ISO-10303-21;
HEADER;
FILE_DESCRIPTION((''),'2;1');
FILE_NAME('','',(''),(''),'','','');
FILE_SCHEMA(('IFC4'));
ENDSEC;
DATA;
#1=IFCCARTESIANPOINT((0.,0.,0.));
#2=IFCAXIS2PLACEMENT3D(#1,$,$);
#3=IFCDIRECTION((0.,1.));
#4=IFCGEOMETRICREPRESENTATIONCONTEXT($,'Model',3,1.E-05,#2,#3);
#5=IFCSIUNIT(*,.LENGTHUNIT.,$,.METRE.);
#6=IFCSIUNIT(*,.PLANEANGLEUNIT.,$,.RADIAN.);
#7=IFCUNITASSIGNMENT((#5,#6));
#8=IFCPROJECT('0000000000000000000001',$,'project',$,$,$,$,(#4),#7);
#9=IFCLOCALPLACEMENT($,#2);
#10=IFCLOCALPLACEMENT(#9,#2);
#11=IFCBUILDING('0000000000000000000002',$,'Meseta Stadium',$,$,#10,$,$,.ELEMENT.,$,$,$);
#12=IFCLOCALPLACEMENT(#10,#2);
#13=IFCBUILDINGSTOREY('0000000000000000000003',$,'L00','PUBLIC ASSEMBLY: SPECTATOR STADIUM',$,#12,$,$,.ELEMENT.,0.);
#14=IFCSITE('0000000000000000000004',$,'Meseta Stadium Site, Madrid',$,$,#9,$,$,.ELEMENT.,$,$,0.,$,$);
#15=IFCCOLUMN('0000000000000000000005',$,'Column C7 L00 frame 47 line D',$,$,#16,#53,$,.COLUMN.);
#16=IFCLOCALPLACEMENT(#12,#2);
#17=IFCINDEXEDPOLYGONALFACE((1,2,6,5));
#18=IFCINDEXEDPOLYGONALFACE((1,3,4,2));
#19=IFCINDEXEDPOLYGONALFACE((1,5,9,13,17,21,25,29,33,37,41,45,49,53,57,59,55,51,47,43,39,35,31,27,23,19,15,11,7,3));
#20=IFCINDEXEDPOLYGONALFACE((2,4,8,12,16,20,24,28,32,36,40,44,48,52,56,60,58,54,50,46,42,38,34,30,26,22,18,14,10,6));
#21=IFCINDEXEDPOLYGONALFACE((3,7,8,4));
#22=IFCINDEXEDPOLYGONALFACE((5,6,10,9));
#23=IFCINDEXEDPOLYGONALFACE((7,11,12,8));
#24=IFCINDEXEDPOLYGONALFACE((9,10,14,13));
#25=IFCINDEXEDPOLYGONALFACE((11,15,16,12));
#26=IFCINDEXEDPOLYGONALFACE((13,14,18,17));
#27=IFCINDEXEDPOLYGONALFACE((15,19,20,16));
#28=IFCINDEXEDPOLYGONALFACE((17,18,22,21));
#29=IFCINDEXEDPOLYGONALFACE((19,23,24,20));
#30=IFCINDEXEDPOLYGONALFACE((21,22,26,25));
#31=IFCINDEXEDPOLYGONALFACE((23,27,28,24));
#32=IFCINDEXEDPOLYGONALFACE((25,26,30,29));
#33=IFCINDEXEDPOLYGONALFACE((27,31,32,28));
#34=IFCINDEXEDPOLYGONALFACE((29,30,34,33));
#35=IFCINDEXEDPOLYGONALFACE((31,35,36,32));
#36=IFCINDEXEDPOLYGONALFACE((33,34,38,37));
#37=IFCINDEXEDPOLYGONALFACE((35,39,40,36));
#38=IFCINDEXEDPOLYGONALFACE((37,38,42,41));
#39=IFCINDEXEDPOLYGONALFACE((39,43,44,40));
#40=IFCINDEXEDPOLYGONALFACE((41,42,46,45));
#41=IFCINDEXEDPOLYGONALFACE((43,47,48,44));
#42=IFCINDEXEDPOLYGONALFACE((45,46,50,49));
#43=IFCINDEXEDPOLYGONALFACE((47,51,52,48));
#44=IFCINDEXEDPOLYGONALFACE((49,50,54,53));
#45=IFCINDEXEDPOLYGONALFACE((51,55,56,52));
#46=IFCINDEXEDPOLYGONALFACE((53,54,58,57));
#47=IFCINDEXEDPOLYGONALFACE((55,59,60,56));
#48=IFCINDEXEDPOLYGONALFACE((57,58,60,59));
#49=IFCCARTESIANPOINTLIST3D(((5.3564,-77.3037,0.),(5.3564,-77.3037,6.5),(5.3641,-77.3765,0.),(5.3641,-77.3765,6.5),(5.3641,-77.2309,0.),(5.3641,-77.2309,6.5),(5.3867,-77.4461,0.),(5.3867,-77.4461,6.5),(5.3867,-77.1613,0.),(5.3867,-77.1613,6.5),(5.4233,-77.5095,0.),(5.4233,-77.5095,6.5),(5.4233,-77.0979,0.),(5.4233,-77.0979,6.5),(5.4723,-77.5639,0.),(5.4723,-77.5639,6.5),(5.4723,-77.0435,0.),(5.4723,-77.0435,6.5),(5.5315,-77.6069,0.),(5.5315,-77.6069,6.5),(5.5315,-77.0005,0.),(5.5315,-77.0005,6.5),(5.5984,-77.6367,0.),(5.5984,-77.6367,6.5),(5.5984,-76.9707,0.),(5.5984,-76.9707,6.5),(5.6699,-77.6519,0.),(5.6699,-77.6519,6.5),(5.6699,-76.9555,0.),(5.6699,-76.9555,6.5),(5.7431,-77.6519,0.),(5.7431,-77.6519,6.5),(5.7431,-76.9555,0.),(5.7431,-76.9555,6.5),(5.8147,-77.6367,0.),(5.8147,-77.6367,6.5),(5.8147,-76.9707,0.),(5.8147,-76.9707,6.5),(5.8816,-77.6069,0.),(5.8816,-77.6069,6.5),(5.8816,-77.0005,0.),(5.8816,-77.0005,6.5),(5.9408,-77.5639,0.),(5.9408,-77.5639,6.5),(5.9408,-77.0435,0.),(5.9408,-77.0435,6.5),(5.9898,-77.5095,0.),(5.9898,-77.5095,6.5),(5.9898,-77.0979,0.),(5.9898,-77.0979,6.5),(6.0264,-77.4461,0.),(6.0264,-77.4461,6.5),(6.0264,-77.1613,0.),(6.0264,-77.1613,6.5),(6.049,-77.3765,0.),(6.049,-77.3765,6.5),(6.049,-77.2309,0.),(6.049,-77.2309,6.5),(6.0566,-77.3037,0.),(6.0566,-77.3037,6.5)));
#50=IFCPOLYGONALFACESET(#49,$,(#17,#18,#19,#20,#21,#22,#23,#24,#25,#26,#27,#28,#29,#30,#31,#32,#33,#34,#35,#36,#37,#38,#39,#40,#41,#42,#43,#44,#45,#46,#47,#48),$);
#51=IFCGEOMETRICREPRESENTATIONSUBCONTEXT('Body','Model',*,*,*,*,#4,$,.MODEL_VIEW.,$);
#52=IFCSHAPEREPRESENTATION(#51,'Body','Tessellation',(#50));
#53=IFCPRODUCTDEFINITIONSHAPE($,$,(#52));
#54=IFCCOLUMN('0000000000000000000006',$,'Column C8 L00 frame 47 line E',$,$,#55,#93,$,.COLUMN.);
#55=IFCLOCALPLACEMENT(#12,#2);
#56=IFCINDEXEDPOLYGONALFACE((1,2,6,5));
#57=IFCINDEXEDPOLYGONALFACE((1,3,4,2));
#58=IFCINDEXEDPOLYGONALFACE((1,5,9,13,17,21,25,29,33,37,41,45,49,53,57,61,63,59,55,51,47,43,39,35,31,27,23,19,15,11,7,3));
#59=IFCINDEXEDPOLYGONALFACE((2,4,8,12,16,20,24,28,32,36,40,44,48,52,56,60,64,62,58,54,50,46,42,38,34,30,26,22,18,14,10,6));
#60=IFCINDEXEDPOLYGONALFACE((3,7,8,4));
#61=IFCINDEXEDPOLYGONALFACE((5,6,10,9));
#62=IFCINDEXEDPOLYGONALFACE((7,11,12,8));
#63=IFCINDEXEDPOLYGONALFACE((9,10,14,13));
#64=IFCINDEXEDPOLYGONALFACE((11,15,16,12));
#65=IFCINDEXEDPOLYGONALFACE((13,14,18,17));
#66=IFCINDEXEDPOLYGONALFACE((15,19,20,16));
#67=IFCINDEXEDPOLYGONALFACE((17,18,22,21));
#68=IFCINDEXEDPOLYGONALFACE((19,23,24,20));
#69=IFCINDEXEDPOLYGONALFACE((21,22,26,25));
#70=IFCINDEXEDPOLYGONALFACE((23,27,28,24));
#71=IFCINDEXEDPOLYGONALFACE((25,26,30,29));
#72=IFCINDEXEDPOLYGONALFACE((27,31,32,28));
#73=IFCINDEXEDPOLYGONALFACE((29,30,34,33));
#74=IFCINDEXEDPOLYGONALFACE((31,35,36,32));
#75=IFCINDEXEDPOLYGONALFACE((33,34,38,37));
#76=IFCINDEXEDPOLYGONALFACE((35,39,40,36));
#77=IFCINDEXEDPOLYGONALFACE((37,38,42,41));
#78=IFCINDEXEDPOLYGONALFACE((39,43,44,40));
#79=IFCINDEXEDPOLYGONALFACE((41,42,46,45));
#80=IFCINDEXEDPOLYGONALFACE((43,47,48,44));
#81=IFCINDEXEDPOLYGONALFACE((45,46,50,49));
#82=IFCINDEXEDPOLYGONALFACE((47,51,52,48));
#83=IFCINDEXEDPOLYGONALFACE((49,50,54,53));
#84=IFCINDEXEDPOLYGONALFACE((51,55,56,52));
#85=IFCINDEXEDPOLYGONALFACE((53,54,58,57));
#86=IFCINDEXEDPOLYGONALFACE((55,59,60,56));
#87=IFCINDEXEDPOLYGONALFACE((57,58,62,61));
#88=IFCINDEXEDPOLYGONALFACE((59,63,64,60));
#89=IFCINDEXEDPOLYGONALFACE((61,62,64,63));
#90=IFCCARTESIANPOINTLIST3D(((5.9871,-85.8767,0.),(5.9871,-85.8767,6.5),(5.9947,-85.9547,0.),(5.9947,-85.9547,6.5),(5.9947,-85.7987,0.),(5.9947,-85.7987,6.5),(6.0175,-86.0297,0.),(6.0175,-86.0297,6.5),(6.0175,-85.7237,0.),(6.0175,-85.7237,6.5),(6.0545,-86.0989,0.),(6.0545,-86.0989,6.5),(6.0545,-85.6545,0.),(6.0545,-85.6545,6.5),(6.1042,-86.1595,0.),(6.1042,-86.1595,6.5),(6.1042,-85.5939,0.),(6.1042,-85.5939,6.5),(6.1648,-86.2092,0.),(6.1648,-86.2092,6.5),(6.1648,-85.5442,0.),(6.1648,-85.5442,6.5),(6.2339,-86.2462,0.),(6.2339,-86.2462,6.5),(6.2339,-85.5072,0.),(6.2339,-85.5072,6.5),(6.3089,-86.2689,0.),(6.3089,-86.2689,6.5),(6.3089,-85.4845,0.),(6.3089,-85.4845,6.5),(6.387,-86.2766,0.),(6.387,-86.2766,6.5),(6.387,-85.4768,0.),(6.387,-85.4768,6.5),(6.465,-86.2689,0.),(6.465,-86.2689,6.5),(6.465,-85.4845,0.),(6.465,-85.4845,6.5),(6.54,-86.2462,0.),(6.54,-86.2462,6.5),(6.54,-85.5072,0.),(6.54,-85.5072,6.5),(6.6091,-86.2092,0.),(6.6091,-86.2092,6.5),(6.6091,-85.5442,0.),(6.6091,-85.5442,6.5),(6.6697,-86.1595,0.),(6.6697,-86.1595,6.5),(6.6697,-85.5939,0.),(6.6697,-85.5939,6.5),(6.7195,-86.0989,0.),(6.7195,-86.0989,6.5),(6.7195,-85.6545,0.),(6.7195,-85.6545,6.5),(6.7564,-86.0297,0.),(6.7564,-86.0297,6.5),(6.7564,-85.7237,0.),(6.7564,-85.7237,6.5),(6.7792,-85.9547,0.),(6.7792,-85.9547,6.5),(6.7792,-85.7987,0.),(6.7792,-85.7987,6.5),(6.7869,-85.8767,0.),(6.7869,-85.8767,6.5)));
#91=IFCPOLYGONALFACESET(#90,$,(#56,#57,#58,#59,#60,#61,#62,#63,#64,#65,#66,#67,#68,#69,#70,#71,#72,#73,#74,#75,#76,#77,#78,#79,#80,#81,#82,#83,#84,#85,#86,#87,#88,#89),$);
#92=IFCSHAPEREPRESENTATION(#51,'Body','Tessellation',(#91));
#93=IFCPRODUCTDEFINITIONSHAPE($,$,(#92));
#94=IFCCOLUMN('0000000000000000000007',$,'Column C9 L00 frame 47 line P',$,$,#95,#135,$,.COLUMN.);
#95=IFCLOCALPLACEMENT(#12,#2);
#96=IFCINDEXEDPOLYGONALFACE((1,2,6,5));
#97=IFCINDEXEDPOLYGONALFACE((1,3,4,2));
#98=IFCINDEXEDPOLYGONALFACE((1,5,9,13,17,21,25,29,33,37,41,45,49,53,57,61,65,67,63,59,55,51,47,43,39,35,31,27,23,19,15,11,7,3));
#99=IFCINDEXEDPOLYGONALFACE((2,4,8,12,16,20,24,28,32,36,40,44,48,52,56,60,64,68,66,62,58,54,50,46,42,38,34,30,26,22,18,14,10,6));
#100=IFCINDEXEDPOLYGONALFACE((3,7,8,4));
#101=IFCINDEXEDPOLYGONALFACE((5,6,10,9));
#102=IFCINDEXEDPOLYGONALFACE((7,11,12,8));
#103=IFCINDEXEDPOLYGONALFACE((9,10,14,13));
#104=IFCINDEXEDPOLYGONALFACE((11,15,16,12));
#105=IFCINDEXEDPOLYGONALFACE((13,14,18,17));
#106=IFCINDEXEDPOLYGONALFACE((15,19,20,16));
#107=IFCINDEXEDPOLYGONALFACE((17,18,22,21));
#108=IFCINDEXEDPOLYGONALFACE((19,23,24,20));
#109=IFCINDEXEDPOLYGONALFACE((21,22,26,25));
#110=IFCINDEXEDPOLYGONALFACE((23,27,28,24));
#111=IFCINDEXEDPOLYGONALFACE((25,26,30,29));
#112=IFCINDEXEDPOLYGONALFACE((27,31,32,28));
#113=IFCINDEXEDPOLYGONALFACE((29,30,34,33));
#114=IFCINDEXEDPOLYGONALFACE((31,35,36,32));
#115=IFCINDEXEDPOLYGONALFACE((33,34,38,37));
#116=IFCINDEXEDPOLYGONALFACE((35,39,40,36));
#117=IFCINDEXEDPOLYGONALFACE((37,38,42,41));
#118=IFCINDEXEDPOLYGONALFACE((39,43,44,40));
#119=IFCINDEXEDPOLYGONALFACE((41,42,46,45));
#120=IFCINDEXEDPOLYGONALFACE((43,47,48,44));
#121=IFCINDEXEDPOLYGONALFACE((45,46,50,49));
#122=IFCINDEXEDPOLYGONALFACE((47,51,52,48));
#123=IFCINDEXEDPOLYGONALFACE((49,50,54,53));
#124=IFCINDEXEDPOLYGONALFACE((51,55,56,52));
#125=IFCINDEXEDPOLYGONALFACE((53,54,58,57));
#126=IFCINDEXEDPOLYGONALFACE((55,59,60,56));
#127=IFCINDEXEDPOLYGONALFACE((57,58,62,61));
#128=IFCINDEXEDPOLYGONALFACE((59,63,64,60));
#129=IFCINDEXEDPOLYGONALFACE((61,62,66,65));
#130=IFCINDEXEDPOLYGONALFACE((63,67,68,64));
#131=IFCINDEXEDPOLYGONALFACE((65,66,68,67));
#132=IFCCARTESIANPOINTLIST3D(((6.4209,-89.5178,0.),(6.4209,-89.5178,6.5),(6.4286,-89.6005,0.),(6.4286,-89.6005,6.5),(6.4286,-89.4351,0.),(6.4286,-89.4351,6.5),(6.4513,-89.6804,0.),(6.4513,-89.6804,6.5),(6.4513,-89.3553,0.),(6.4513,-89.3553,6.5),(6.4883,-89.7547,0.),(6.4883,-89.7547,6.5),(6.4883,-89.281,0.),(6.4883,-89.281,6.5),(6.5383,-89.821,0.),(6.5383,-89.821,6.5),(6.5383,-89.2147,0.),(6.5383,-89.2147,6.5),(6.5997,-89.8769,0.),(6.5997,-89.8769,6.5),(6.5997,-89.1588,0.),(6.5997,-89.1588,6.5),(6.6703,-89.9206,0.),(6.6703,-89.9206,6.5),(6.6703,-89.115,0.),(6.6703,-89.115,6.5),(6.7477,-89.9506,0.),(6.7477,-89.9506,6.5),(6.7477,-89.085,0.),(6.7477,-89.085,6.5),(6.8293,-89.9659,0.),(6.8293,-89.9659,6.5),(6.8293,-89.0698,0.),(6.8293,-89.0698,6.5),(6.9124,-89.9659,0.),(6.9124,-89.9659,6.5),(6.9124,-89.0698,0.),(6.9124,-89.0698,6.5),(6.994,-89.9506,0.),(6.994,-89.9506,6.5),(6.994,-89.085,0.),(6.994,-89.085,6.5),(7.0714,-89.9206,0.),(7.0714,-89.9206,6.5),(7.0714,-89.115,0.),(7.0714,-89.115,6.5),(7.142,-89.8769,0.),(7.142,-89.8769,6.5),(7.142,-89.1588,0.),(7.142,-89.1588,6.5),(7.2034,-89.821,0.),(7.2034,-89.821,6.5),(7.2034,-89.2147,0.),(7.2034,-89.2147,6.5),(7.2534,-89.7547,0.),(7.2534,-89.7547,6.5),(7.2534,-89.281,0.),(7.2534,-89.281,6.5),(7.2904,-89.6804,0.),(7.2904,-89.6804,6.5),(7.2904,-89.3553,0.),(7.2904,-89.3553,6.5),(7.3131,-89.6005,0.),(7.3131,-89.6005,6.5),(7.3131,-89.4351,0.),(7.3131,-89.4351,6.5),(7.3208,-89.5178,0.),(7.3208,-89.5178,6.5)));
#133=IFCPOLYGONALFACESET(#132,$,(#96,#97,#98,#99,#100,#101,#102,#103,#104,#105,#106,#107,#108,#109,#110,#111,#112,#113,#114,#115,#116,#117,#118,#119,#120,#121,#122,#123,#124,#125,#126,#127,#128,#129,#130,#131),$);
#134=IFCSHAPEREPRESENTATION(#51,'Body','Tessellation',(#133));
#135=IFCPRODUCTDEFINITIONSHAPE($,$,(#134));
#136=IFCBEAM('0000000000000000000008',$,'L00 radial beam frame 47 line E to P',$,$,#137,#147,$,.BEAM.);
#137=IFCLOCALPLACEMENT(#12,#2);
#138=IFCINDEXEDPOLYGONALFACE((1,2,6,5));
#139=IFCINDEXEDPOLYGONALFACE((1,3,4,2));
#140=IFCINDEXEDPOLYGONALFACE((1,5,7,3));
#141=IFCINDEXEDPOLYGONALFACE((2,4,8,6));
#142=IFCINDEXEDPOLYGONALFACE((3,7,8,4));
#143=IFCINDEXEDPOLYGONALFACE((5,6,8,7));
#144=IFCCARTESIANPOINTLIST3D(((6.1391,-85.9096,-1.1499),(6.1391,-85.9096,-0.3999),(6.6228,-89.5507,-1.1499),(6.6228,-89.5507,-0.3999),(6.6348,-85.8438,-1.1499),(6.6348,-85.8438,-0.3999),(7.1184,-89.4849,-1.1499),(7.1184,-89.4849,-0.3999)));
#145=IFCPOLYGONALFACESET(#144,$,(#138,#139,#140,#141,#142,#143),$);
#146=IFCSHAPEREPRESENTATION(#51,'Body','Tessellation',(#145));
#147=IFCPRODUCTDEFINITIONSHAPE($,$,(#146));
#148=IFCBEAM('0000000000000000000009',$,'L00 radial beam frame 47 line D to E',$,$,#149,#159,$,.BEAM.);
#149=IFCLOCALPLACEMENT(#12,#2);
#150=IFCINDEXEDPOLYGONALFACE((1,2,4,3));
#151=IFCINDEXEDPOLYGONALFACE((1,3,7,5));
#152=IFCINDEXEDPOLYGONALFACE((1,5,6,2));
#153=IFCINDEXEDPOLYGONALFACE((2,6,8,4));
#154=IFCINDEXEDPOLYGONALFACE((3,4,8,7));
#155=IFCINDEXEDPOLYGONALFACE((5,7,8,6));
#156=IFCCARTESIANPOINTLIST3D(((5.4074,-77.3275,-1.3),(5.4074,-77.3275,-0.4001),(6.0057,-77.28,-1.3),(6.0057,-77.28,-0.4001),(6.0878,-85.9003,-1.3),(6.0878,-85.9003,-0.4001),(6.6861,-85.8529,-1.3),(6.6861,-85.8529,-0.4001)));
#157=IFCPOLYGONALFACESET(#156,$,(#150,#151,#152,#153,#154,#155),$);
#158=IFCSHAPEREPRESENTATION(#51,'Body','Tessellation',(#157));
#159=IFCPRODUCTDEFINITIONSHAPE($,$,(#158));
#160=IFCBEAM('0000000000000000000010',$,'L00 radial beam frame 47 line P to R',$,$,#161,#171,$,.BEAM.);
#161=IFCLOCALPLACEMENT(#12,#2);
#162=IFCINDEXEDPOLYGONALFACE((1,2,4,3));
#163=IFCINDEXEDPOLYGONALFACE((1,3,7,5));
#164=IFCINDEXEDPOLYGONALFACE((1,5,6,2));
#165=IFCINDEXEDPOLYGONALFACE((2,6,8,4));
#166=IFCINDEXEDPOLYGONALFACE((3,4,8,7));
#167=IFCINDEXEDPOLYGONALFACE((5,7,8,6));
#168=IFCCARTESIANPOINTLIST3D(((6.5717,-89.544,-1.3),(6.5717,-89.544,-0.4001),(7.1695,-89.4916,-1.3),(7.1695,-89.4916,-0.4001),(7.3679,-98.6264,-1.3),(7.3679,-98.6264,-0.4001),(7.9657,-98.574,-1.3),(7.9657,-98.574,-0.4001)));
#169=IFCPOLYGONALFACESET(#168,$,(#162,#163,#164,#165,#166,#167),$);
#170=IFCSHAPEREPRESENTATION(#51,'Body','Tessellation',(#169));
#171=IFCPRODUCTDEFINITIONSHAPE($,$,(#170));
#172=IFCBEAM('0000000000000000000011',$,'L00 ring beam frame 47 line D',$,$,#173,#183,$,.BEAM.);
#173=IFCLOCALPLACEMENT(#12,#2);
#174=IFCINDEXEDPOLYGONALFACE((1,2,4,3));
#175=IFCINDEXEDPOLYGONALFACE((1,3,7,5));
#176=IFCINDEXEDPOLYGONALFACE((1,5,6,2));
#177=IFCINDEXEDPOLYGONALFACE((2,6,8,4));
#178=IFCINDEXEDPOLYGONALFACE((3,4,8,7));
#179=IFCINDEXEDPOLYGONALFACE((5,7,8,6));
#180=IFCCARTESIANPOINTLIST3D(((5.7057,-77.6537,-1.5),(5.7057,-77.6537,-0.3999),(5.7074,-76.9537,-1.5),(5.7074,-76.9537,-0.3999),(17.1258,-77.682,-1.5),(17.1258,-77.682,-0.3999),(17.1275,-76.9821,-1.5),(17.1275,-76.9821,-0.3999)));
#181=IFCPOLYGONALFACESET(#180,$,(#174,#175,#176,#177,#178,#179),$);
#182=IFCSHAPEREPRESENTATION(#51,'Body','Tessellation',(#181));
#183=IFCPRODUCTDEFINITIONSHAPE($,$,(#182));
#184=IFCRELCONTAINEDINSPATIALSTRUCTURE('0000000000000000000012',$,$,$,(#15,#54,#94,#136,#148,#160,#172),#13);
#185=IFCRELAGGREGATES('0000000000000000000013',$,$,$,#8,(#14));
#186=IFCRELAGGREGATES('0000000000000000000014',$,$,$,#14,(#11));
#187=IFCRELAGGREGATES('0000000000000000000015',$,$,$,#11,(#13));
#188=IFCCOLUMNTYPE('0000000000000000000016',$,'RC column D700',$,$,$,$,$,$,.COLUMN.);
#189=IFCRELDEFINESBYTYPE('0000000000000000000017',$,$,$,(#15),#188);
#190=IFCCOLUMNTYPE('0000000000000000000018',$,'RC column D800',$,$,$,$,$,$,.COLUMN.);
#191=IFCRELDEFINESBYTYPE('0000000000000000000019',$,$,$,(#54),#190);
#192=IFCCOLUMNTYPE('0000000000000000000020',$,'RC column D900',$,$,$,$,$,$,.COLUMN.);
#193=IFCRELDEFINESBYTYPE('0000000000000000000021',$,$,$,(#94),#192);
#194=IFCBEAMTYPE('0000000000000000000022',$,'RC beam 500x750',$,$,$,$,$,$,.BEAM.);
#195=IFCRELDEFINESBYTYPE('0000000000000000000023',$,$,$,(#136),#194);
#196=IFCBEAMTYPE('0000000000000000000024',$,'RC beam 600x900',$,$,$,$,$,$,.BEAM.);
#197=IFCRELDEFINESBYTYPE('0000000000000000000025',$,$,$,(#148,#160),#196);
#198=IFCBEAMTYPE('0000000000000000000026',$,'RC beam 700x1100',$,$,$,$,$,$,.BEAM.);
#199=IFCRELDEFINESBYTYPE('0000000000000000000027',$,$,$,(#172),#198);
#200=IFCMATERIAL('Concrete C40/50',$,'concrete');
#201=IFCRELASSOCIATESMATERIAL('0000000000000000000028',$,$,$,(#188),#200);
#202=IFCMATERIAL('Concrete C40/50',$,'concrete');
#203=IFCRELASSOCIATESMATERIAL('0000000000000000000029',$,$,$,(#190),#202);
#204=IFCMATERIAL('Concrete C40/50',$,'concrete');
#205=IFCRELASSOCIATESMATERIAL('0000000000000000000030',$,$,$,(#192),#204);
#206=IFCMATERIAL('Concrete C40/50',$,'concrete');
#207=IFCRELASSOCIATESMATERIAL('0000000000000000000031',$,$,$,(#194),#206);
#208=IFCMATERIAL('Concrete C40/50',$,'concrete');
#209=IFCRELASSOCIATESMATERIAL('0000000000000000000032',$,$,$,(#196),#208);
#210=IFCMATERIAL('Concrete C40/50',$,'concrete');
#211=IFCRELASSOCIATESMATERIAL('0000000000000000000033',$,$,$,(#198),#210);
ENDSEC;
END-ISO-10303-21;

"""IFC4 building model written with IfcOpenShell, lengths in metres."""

from ifc_helpers import new_model, si_unit, direction, frame, origin, origin_2d, place, context, subcontext, project, spatial, rectangle, circle, extrude, material, material_profile, profile_set, type_object, element, save


model = new_model("IFC4")

# Units and contexts
model_context = context("Model", 3, precision=1e-05, world=origin(), true_north=direction((0.0, 1.0)))
body_context = subcontext(model_context, "Body", "Model", "MODEL_VIEW")
ifc_project = project(units=[si_unit("LENGTHUNIT", "METRE"), si_unit("PLANEANGLEUNIT", "RADIAN")], contexts=[model_context])

# Site, building, storey
site_placement = place(None, origin())
site = spatial("IfcSite", under=ifc_project, at=site_placement, Name="Meseta Stadium Site, Madrid", CompositionType="ELEMENT", RefElevation=0.0)
building_placement = place(site_placement, origin())
building = spatial("IfcBuilding", under=site, at=building_placement, Name="Meseta Stadium", CompositionType="ELEMENT")
storey_placement = place(building_placement, origin())
storey = spatial("IfcBuildingStorey", under=building, at=storey_placement, Name="L00", Description="PUBLIC ASSEMBLY: SPECTATOR STADIUM", CompositionType="ELEMENT", Elevation=0.0)

# Columns
ifc_material_1 = material(Name="Concrete C40/50", Category="concrete")
ifc_material_profile_1 = material_profile(ifc_material_1, circle(Radius=0.3501, at=origin_2d()), Name="RC D700")
ifc_profile_set_1 = profile_set([ifc_material_profile_1], Name="Concrete C40/50")
column_type_1 = type_object("IfcColumnType", Name="RC column D700", PredefinedType="COLUMN", material=ifc_profile_set_1)
column_1_placement = place(storey_placement, frame((5.7065, -77.3037, 0.0), z_axis=(0.0, 0.0, 1.0), x_axis=(1.0, 0.0, 0.0)))
element("IfcColumn", 1, at=column_1_placement, inside=storey, type_object=column_type_1, Name="Column C7 L00 frame 47 line D", PredefinedType="COLUMN", context=body_context, shape_type="SweptSolid", body=[
    extrude(circle(Radius=0.3501, at=origin_2d()), origin(), (0.0, 0.0, 1.0), 6.5),
])
ifc_material_2 = material(Name="Concrete C40/50", Category="concrete")
ifc_material_profile_2 = material_profile(ifc_material_2, circle(Radius=0.3999, at=origin_2d()), Name="RC D800")
ifc_profile_set_2 = profile_set([ifc_material_profile_2], Name="Concrete C40/50")
column_type_2 = type_object("IfcColumnType", Name="RC column D800", PredefinedType="COLUMN", material=ifc_profile_set_2)
column_2_placement = place(storey_placement, frame((6.387, -85.8767, 0.0), z_axis=(0.0, 0.0, 1.0), x_axis=(1.0, 0.0, 0.0)))
element("IfcColumn", 2, at=column_2_placement, inside=storey, type_object=column_type_2, Name="Column C8 L00 frame 47 line E", PredefinedType="COLUMN", context=body_context, shape_type="SweptSolid", body=[
    extrude(circle(Radius=0.3999, at=origin_2d()), origin(), (0.0, 0.0, 1.0), 6.5),
])
ifc_material_3 = material(Name="Concrete C40/50", Category="concrete")
ifc_material_profile_3 = material_profile(ifc_material_3, circle(Radius=0.45, at=origin_2d()), Name="RC D900")
ifc_profile_set_3 = profile_set([ifc_material_profile_3], Name="Concrete C40/50")
column_type_3 = type_object("IfcColumnType", Name="RC column D900", PredefinedType="COLUMN", material=ifc_profile_set_3)
column_3_placement = place(storey_placement, frame((6.8708, -89.5178, 0.0), z_axis=(0.0, 0.0, 1.0), x_axis=(1.0, 0.0, 0.0)))
element("IfcColumn", 3, at=column_3_placement, inside=storey, type_object=column_type_3, Name="Column C9 L00 frame 47 line P", PredefinedType="COLUMN", context=body_context, shape_type="SweptSolid", body=[
    extrude(circle(Radius=0.45, at=origin_2d()), origin(), (0.0, 0.0, 1.0), 6.5),
])

# Beams
ifc_material_4 = material(Name="Concrete C40/50", Category="concrete")
ifc_material_profile_4 = material_profile(ifc_material_4, rectangle(XDim=0.5, YDim=0.75, at=origin_2d()), Name="RC 500x750")
ifc_profile_set_4 = profile_set([ifc_material_profile_4], Name="Concrete C40/50")
beam_type_1 = type_object("IfcBeamType", Name="RC beam 500x750", PredefinedType="BEAM", material=ifc_profile_set_4)
beam_1_placement = place(storey_placement, frame((6.387, -85.8767, -0.7749), z_axis=(0.131672, -0.991293, 0.0), x_axis=(0.991293, 0.131672, 0.0)))
element("IfcBeam", 4, at=beam_1_placement, inside=storey, type_object=beam_type_1, Name="L00 radial beam frame 47 line E to P", PredefinedType="BEAM", context=body_context, shape_type="SweptSolid", body=[
    extrude(rectangle(XDim=0.5, YDim=0.75, at=origin_2d()), origin(), (0.0, 0.0, 1.0), 3.6731),
])
ifc_material_5 = material(Name="Concrete C40/50", Category="concrete")
ifc_material_profile_5 = material_profile(ifc_material_5, rectangle(XDim=0.6001, YDim=0.8999, at=origin_2d()), Name="RC 600x900")
ifc_profile_set_5 = profile_set([ifc_material_profile_5], Name="Concrete C40/50")
beam_type_2 = type_object("IfcBeamType", Name="RC beam 600x900", PredefinedType="BEAM", material=ifc_profile_set_5)
beam_2_placement = place(storey_placement, frame((5.7065, -77.3037, -0.8501), z_axis=(0.079119, -0.996865, 0.0), x_axis=(0.996865, 0.079119, 0.0)))
element("IfcBeam", 5, at=beam_2_placement, inside=storey, type_object=beam_type_2, Name="L00 radial beam frame 47 line D to E", PredefinedType="BEAM", context=body_context, shape_type="SweptSolid", body=[
    extrude(rectangle(XDim=0.6001, YDim=0.8999, at=origin_2d()), origin(), (0.0, 0.0, 1.0), 8.5999),
])
beam_3_placement = place(storey_placement, frame((6.8706, -89.5178, -0.8501), z_axis=(0.087324, -0.99618, 0.0), x_axis=(0.99618, 0.087324, 0.0)))
element("IfcBeam", 6, at=beam_3_placement, inside=storey, type_object=beam_type_2, Name="L00 radial beam frame 47 line P to R", PredefinedType="BEAM", context=body_context, shape_type="SweptSolid", body=[
    extrude(rectangle(XDim=0.6001, YDim=0.8999, at=origin_2d()), origin(), (0.0, 0.0, 1.0), 9.1172),
])
ifc_material_6 = material(Name="Concrete C40/50", Category="concrete")
ifc_material_profile_6 = material_profile(ifc_material_6, rectangle(XDim=0.7, YDim=1.1001, at=origin_2d()), Name="RC 700x1100")
ifc_profile_set_6 = profile_set([ifc_material_profile_6], Name="Concrete C40/50")
beam_type_3 = type_object("IfcBeamType", Name="RC beam 700x1100", PredefinedType="BEAM", material=ifc_profile_set_6)
beam_4_placement = place(storey_placement, frame((5.7065, -77.3037, -0.95), z_axis=(0.999997, -0.00248, 0.0), x_axis=(0.00248, 0.999997, 0.0)))
element("IfcBeam", 7, at=beam_4_placement, inside=storey, type_object=beam_type_3, Name="L00 ring beam frame 47 line D", PredefinedType="BEAM", context=body_context, shape_type="SweptSolid", body=[
    extrude(rectangle(XDim=0.7, YDim=1.1001, at=origin_2d()), origin(), (0.0, 0.0, 1.0), 11.4202),
])

save(model, "model.ifc")
